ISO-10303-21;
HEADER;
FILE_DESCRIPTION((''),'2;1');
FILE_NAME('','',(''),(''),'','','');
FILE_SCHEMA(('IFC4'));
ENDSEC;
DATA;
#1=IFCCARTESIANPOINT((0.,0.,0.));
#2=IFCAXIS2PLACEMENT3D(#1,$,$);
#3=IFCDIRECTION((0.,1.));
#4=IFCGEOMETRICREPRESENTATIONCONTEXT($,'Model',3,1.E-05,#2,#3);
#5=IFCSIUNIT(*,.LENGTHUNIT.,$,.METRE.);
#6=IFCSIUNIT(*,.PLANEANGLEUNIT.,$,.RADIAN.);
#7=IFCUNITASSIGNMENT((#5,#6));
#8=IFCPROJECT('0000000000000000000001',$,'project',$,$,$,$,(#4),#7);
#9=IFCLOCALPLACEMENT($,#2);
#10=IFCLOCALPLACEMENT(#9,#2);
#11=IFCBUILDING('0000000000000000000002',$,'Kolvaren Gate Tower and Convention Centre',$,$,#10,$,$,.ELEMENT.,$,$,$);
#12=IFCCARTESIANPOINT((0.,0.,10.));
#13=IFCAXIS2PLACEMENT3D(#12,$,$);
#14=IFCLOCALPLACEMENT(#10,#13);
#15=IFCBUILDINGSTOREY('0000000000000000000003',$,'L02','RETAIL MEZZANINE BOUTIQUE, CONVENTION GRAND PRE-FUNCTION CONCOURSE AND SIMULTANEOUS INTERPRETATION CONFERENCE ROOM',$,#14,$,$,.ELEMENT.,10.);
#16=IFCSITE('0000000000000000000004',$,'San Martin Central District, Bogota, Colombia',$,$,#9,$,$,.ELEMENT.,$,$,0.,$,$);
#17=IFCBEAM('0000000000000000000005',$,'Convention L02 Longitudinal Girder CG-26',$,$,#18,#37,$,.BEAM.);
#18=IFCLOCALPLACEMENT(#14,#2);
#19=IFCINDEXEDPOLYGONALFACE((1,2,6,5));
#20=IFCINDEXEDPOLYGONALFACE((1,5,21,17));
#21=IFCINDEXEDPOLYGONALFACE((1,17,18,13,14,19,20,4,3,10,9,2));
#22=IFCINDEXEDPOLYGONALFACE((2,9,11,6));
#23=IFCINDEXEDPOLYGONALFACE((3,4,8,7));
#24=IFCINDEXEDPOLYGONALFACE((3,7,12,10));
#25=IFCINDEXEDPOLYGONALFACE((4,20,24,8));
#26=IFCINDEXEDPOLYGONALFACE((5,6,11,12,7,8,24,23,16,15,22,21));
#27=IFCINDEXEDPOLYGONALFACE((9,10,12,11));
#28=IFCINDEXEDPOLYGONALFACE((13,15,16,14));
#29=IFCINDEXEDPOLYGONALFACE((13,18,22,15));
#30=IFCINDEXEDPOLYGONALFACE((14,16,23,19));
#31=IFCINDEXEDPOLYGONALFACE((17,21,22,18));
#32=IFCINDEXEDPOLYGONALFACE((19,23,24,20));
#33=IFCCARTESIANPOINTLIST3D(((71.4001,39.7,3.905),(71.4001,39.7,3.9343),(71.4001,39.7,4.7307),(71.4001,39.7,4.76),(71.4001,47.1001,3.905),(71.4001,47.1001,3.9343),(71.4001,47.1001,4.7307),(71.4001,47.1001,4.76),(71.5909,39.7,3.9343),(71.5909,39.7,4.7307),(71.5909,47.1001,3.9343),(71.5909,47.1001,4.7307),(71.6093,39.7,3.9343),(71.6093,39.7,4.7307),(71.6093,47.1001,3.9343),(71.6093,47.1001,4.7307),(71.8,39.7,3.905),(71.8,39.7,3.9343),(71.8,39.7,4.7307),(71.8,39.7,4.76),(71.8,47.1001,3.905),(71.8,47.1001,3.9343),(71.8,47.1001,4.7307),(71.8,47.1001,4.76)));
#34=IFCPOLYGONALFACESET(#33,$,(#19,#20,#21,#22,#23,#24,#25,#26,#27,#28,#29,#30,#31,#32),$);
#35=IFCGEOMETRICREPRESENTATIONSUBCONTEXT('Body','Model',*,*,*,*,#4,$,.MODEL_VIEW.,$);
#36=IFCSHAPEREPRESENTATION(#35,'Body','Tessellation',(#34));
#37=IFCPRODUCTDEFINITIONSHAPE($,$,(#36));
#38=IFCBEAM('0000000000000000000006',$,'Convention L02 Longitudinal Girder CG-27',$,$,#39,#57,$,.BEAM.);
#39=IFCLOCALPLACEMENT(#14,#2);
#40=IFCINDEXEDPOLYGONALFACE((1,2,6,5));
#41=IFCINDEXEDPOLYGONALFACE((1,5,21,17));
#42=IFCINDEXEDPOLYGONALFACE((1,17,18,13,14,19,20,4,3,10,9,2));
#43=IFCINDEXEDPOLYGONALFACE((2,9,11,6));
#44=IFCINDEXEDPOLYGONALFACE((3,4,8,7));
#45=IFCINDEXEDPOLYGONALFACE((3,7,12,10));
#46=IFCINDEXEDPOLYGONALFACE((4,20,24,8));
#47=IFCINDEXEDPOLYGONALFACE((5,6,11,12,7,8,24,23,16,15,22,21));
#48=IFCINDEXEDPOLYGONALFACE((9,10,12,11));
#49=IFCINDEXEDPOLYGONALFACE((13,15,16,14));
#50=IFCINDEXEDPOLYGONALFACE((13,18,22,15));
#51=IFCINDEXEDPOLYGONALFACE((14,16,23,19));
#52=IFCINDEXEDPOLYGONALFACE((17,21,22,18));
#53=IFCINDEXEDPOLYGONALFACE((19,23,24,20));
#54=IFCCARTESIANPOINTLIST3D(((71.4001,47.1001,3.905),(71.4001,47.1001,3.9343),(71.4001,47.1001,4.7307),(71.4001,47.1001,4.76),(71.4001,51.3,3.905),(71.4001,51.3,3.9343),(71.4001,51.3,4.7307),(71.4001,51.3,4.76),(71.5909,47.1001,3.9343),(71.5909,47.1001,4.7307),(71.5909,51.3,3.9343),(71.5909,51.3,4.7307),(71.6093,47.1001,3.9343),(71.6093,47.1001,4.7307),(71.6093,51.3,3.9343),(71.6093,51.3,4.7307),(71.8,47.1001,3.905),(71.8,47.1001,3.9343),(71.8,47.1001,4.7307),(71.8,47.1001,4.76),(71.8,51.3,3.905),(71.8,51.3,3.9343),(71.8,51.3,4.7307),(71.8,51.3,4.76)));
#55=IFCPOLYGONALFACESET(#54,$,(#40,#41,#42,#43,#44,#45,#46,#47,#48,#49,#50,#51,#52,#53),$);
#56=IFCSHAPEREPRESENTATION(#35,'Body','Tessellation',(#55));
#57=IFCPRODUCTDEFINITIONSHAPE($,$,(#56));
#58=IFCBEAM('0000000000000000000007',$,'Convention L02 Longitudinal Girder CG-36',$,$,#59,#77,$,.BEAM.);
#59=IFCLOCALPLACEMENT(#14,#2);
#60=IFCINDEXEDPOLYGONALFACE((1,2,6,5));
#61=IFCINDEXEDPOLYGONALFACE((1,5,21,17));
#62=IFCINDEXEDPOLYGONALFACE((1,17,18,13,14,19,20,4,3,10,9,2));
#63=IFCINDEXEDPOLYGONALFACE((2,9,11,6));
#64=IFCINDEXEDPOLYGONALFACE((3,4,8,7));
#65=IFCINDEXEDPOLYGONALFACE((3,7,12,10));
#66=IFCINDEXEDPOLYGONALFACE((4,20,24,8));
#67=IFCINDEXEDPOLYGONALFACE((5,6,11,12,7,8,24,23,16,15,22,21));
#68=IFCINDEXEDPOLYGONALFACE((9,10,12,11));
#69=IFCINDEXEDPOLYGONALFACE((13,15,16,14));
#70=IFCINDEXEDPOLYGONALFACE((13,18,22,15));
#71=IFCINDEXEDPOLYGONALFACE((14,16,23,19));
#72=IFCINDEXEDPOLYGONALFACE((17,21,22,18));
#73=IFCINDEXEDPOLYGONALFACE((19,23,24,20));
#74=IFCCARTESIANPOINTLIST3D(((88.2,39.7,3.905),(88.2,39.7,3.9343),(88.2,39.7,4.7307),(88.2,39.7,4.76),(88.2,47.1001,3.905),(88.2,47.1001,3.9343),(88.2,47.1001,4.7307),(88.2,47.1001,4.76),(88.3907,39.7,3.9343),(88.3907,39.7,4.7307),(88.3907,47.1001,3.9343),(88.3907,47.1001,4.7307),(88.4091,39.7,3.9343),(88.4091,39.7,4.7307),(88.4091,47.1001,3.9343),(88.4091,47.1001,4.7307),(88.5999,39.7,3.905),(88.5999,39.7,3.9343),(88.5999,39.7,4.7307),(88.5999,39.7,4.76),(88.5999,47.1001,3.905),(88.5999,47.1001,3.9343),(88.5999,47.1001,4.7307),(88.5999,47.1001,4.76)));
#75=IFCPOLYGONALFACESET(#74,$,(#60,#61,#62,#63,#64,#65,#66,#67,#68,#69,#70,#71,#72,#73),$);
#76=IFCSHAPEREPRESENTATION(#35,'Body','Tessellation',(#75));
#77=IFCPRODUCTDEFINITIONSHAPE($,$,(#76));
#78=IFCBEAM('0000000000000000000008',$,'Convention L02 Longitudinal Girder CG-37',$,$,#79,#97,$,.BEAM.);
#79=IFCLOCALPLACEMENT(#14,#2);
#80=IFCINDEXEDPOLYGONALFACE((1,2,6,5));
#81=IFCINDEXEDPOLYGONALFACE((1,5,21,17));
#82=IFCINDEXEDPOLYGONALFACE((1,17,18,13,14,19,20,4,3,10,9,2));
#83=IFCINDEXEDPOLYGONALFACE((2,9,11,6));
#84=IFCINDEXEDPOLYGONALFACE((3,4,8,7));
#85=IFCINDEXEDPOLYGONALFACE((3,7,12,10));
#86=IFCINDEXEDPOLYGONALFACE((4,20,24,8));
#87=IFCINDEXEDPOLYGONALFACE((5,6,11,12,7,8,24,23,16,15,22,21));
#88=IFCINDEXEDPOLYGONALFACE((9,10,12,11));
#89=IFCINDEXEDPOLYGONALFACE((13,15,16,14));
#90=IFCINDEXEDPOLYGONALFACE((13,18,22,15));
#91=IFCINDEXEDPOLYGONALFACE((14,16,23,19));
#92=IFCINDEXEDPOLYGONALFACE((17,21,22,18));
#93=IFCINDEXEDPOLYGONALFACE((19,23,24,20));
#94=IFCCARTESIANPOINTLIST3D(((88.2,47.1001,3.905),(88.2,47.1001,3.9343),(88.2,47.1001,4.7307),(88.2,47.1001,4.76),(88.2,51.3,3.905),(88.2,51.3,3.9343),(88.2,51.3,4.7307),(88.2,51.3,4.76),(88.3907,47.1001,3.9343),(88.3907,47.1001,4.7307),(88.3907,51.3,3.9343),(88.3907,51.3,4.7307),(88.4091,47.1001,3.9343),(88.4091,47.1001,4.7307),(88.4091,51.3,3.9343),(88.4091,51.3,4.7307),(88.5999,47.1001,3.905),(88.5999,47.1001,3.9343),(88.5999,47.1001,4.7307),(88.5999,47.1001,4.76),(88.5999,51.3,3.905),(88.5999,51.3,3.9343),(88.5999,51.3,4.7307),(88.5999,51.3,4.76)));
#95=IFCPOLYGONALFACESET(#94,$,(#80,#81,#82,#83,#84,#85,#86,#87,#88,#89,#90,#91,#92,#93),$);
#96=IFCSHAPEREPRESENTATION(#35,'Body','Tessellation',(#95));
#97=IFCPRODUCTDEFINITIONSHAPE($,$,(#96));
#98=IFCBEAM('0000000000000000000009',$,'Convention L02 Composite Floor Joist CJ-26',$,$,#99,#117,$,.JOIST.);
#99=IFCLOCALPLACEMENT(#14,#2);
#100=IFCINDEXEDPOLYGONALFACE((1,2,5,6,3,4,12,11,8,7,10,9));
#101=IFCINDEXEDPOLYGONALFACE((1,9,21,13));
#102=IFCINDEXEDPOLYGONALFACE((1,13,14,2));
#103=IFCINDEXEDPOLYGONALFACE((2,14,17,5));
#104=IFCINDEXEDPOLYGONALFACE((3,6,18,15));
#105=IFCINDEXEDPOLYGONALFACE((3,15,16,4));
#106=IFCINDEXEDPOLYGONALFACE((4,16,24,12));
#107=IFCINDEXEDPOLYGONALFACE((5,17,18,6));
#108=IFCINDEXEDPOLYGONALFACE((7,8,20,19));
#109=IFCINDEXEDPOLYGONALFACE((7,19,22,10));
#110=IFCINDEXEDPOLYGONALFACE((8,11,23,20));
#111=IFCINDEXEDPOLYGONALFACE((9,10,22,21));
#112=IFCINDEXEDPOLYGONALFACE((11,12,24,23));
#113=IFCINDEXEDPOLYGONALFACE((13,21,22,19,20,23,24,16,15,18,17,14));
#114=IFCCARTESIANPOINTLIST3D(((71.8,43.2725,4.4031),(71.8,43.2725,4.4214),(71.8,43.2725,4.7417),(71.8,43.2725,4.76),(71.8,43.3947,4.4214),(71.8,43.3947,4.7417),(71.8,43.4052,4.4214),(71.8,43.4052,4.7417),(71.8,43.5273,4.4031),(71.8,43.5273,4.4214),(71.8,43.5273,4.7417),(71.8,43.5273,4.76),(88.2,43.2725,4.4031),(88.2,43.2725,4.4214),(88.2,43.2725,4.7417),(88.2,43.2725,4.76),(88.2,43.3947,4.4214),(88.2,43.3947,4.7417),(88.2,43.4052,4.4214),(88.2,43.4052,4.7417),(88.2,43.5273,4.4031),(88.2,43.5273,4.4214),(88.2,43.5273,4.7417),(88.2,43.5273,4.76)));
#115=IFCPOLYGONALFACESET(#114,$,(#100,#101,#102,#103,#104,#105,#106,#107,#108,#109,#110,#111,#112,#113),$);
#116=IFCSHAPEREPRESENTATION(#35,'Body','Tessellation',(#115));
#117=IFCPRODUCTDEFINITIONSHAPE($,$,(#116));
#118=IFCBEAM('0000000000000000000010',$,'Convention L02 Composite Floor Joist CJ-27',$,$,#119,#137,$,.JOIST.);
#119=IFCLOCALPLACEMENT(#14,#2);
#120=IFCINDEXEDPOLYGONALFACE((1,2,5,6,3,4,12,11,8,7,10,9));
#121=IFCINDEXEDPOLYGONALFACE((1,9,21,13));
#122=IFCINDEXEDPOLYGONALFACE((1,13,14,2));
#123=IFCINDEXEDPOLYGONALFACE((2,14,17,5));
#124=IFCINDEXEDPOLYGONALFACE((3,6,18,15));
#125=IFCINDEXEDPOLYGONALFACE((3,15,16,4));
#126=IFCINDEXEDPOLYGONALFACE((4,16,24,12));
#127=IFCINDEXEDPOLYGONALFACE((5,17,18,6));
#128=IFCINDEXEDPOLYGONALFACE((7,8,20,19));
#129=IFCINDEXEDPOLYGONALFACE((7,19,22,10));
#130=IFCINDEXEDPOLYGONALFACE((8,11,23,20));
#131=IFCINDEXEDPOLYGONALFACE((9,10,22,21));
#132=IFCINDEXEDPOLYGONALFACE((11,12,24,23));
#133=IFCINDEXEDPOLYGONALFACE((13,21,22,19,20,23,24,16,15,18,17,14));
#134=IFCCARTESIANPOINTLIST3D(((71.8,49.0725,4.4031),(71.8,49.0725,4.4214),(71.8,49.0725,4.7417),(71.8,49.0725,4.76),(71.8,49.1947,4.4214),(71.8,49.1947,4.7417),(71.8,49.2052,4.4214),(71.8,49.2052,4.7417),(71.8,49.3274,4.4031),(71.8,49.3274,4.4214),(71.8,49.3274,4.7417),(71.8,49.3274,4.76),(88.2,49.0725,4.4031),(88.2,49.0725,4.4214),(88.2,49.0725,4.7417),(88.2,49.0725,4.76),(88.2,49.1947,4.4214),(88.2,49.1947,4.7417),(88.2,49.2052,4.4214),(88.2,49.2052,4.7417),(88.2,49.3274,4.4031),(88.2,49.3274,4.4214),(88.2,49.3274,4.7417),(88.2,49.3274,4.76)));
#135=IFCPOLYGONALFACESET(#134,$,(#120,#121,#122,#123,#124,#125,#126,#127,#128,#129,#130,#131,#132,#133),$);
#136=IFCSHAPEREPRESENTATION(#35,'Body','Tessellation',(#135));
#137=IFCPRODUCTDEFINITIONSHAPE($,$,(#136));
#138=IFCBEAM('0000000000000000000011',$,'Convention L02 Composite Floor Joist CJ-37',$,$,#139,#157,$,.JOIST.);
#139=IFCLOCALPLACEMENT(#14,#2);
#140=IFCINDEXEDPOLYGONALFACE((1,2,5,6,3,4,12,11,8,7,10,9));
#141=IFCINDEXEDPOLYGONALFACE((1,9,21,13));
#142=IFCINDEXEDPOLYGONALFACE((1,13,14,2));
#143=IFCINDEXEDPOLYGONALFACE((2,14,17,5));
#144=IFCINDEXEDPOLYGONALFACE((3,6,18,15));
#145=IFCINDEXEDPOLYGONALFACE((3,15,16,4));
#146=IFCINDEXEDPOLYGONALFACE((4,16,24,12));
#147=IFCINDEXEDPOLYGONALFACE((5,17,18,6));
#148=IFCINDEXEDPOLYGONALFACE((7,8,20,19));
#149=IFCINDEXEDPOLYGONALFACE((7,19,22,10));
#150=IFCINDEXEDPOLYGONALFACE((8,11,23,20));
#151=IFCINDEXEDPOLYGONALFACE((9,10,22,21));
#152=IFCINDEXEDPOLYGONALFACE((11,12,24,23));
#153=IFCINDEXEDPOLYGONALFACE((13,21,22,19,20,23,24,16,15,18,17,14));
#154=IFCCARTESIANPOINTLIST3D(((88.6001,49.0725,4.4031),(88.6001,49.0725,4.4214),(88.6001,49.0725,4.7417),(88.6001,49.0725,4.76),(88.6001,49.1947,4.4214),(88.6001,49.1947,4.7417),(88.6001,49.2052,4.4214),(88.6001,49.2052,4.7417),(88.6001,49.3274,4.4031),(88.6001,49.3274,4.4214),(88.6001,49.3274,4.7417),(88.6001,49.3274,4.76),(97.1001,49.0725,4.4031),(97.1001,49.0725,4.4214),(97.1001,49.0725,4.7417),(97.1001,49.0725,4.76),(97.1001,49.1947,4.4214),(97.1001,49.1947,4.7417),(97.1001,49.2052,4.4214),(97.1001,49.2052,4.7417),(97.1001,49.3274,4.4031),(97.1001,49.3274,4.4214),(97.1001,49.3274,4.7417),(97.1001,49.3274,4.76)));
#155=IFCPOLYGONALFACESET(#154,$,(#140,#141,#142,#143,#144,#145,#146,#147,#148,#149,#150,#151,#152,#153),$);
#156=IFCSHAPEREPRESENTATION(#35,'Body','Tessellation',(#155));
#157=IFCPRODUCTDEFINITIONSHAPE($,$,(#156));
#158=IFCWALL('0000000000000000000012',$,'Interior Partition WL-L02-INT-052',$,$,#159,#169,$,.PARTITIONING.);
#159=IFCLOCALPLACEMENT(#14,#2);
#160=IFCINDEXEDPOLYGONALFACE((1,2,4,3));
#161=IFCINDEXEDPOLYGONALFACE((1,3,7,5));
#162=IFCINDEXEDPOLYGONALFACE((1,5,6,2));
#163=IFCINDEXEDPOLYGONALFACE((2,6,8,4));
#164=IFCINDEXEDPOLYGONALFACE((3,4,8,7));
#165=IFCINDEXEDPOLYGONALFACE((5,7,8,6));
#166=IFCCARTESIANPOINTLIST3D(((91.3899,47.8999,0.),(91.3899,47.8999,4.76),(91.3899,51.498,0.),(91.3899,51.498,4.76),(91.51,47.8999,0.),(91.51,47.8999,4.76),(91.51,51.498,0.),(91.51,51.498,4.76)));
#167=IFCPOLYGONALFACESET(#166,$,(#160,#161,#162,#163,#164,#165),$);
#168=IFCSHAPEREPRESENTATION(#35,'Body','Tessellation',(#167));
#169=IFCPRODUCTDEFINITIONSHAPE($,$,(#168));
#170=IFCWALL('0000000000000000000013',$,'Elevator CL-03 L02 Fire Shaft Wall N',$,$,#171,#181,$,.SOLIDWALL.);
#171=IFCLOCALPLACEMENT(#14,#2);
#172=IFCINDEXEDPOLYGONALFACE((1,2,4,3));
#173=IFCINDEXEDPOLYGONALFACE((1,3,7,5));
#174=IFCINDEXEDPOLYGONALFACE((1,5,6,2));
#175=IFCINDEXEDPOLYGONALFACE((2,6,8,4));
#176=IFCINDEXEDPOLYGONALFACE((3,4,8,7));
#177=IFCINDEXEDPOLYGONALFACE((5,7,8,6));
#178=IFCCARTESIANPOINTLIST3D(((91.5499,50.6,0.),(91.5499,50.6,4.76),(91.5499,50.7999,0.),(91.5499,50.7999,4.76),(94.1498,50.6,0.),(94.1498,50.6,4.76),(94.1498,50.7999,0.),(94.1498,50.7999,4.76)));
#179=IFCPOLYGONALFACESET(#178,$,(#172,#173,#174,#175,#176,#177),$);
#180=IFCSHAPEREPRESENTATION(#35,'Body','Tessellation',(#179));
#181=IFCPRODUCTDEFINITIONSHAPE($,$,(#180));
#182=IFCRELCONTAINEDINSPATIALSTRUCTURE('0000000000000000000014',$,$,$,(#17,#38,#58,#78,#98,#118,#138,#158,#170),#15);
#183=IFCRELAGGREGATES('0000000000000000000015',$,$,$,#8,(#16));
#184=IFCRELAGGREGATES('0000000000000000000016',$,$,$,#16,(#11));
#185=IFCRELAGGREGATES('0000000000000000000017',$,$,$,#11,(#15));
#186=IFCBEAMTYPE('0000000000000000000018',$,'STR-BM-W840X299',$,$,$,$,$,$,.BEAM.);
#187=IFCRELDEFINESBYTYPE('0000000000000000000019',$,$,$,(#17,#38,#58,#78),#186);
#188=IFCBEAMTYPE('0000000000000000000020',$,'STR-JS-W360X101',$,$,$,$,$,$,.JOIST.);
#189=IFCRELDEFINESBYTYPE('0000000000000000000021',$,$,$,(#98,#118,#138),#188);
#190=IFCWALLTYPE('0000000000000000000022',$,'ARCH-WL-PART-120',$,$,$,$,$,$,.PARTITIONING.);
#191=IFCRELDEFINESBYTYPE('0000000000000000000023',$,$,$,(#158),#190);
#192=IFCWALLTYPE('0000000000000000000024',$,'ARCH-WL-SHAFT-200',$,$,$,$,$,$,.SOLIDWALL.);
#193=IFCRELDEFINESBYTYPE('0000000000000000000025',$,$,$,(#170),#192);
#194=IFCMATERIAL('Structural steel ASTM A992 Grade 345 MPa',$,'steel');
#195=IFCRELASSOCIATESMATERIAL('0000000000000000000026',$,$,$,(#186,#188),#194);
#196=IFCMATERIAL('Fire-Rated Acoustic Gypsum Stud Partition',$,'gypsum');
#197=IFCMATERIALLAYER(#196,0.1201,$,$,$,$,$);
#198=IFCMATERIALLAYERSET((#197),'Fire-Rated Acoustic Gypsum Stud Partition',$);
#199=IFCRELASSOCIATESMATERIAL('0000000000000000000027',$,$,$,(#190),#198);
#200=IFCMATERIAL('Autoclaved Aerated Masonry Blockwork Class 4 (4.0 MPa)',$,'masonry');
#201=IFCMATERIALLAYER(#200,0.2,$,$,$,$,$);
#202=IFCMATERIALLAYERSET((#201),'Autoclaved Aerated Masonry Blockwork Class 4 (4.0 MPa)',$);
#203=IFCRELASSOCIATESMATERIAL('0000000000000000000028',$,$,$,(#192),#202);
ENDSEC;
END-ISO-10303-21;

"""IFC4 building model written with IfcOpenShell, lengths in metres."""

from ifc_helpers import new_model, si_unit, direction, frame, frame_2d, origin, origin_2d, place, context, subcontext, project, spatial, rectangle, i_section, extrude, material, layer, layer_set, material_profile, profile_set, type_object, element, save


model = new_model("IFC4")

# Units and contexts
model_context = context("Model", 3, precision=1e-05, world=origin(), true_north=direction((0.0, 1.0)))
body_context = subcontext(model_context, "Body", "Model", "MODEL_VIEW")
ifc_project = project(units=[si_unit("LENGTHUNIT", "METRE"), si_unit("PLANEANGLEUNIT", "RADIAN")], contexts=[model_context])

# Site, building, storey
site_placement = place(None, origin())
site = spatial("IfcSite", under=ifc_project, at=site_placement, Name="San Martin Central District, Bogota, Colombia", CompositionType="ELEMENT", RefElevation=0.0)
building_placement = place(site_placement, origin())
building = spatial("IfcBuilding", under=site, at=building_placement, Name="Kolvaren Gate Tower and Convention Centre", CompositionType="ELEMENT")
storey_placement = place(building_placement, frame((0.0, 0.0, 10.0)))
storey = spatial("IfcBuildingStorey", under=building, at=storey_placement, Name="L02", Description="RETAIL MEZZANINE BOUTIQUE, CONVENTION GRAND PRE-FUNCTION CONCOURSE AND SIMULTANEOUS INTERPRETATION CONFERENCE ROOM", CompositionType="ELEMENT", Elevation=10.0)

# Beams
ifc_material_1 = material(Name="Structural steel ASTM A992 Grade 345 MPa", Category="steel")
ifc_material_profile_1 = material_profile(ifc_material_1, i_section(OverallWidth=0.3999, OverallDepth=0.855, WebThickness=0.0183, FlangeThickness=0.0293, at=origin_2d()), Name="W840X299")
ifc_profile_set_1 = profile_set([ifc_material_profile_1], Name="Structural steel ASTM A992 Grade 345 MPa")
beam_type_1 = type_object("IfcBeamType", Name="STR-BM-W840X299", PredefinedType="BEAM", material=ifc_profile_set_1)
beam_1_placement = place(storey_placement, frame((71.6001, 39.7, 4.3325), z_axis=(0.0, 1.0, 0.0), x_axis=(-1.0, 0.0, 0.0)))
element("IfcBeam", 1, at=beam_1_placement, inside=storey, type_object=beam_type_1, Name="Convention L02 Longitudinal Girder CG-26", PredefinedType="BEAM", context=body_context, shape_type="SweptSolid", body=[
    extrude(i_section(OverallWidth=0.3999, OverallDepth=0.855, WebThickness=0.0183, FlangeThickness=0.0293, at=origin_2d()), origin(), (0.0, 0.0, 1.0), 7.4001),
])
beam_2_placement = place(storey_placement, frame((71.6001, 47.1001, 4.3325), z_axis=(0.0, 1.0, 0.0), x_axis=(-1.0, 0.0, 0.0)))
element("IfcBeam", 2, at=beam_2_placement, inside=storey, type_object=beam_type_1, Name="Convention L02 Longitudinal Girder CG-27", PredefinedType="BEAM", context=body_context, shape_type="SweptSolid", body=[
    extrude(i_section(OverallWidth=0.3999, OverallDepth=0.855, WebThickness=0.0183, FlangeThickness=0.0293, at=origin_2d()), origin(), (0.0, 0.0, 1.0), 4.2),
])
beam_3_placement = place(storey_placement, frame((88.3999, 39.7, 4.3325), z_axis=(0.0, 1.0, 0.0), x_axis=(-1.0, 0.0, 0.0)))
element("IfcBeam", 3, at=beam_3_placement, inside=storey, type_object=beam_type_1, Name="Convention L02 Longitudinal Girder CG-36", PredefinedType="BEAM", context=body_context, shape_type="SweptSolid", body=[
    extrude(i_section(OverallWidth=0.3999, OverallDepth=0.855, WebThickness=0.0183, FlangeThickness=0.0293, at=origin_2d()), origin(), (0.0, 0.0, 1.0), 7.4001),
])
beam_4_placement = place(storey_placement, frame((88.3999, 47.1001, 4.3325), z_axis=(0.0, 1.0, 0.0), x_axis=(-1.0, 0.0, 0.0)))
element("IfcBeam", 4, at=beam_4_placement, inside=storey, type_object=beam_type_1, Name="Convention L02 Longitudinal Girder CG-37", PredefinedType="BEAM", context=body_context, shape_type="SweptSolid", body=[
    extrude(i_section(OverallWidth=0.3999, OverallDepth=0.855, WebThickness=0.0183, FlangeThickness=0.0293, at=origin_2d()), origin(), (0.0, 0.0, 1.0), 4.2),
])
ifc_material_profile_2 = material_profile(ifc_material_1, i_section(OverallWidth=0.2549, OverallDepth=0.3569, WebThickness=0.0105, FlangeThickness=0.0183, at=origin_2d()), Name="W360X101")
ifc_profile_set_2 = profile_set([ifc_material_profile_2], Name="Structural steel ASTM A992 Grade 345 MPa")
beam_type_2 = type_object("IfcBeamType", Name="STR-JS-W360X101", PredefinedType="JOIST", material=ifc_profile_set_2)
for number, where, z_axis, x_axis, name in (
    (5, (71.8, 43.3999, 4.5815), (1.0, 0.0, 0.0), (0.0, 1.0, 0.0), "Convention L02 Composite Floor Joist CJ-26"),
    (6, (71.8, 49.2, 4.5815), (1.0, 0.0, 0.0), (0.0, 1.0, 0.0), "Convention L02 Composite Floor Joist CJ-27"),
):
    element("IfcBeam", number, at=place(storey_placement, frame(where, z_axis=z_axis, x_axis=x_axis)), inside=storey, type_object=beam_type_2, Name=name, PredefinedType="JOIST", context=body_context, shape_type="SweptSolid", body=[
        extrude(i_section(OverallWidth=0.2549, OverallDepth=0.3569, WebThickness=0.0105, FlangeThickness=0.0183, at=origin_2d()), origin(), (0.0, 0.0, 1.0), 16.3999),
    ])
beam_5_placement = place(storey_placement, frame((88.6001, 49.2, 4.5815), z_axis=(1.0, 0.0, 0.0), x_axis=(0.0, 1.0, 0.0)))
element("IfcBeam", 7, at=beam_5_placement, inside=storey, type_object=beam_type_2, Name="Convention L02 Composite Floor Joist CJ-37", PredefinedType="JOIST", context=body_context, shape_type="SweptSolid", body=[
    extrude(i_section(OverallWidth=0.2549, OverallDepth=0.3569, WebThickness=0.0105, FlangeThickness=0.0183, at=origin_2d()), origin(), (0.0, 0.0, 1.0), 8.5),
])

# Walls
ifc_material_2 = material(Name="Fire-Rated Acoustic Gypsum Stud Partition", Category="gypsum")
ifc_layer_1 = layer(ifc_material_2, 0.1201)
ifc_layer_set_1 = layer_set([ifc_layer_1], Name="Fire-Rated Acoustic Gypsum Stud Partition")
wall_type_1 = type_object("IfcWallType", Name="ARCH-WL-PART-120", PredefinedType="PARTITIONING", material=ifc_layer_set_1)
wall_1_placement = place(storey_placement, frame((91.45, 47.8999, 0.0), z_axis=(0.0, 0.0, 1.0), x_axis=(0.0, 1.0, 0.0)))
element("IfcWall", 8, at=wall_1_placement, inside=storey, type_object=wall_type_1, Name="Interior Partition WL-L02-INT-052", PredefinedType="PARTITIONING", context=body_context, shape_type="SweptSolid", body=[
    extrude(rectangle(XDim=3.5981, YDim=0.1201, at=frame_2d((1.7991, 0.0))), origin(), (0.0, 0.0, 1.0), 4.76),
])
ifc_material_3 = material(Name="Autoclaved Aerated Masonry Blockwork Class 4 (4.0 MPa)", Category="masonry")
ifc_layer_2 = layer(ifc_material_3, 0.2)
ifc_layer_set_2 = layer_set([ifc_layer_2], Name="Autoclaved Aerated Masonry Blockwork Class 4 (4.0 MPa)")
wall_type_2 = type_object("IfcWallType", Name="ARCH-WL-SHAFT-200", PredefinedType="SOLIDWALL", material=ifc_layer_set_2)
wall_2_placement = place(storey_placement, frame((91.55, 50.7, 0.0), z_axis=(0.0, 0.0, 1.0), x_axis=(1.0, 0.0, 0.0)))
element("IfcWall", 9, at=wall_2_placement, inside=storey, type_object=wall_type_2, Name="Elevator CL-03 L02 Fire Shaft Wall N", PredefinedType="SOLIDWALL", context=body_context, shape_type="SweptSolid", body=[
    extrude(rectangle(XDim=2.5999, YDim=0.2, at=frame_2d((1.2998, 0.0))), origin(), (0.0, 0.0, 1.0), 4.76),
])

save(model, "model.ifc")
